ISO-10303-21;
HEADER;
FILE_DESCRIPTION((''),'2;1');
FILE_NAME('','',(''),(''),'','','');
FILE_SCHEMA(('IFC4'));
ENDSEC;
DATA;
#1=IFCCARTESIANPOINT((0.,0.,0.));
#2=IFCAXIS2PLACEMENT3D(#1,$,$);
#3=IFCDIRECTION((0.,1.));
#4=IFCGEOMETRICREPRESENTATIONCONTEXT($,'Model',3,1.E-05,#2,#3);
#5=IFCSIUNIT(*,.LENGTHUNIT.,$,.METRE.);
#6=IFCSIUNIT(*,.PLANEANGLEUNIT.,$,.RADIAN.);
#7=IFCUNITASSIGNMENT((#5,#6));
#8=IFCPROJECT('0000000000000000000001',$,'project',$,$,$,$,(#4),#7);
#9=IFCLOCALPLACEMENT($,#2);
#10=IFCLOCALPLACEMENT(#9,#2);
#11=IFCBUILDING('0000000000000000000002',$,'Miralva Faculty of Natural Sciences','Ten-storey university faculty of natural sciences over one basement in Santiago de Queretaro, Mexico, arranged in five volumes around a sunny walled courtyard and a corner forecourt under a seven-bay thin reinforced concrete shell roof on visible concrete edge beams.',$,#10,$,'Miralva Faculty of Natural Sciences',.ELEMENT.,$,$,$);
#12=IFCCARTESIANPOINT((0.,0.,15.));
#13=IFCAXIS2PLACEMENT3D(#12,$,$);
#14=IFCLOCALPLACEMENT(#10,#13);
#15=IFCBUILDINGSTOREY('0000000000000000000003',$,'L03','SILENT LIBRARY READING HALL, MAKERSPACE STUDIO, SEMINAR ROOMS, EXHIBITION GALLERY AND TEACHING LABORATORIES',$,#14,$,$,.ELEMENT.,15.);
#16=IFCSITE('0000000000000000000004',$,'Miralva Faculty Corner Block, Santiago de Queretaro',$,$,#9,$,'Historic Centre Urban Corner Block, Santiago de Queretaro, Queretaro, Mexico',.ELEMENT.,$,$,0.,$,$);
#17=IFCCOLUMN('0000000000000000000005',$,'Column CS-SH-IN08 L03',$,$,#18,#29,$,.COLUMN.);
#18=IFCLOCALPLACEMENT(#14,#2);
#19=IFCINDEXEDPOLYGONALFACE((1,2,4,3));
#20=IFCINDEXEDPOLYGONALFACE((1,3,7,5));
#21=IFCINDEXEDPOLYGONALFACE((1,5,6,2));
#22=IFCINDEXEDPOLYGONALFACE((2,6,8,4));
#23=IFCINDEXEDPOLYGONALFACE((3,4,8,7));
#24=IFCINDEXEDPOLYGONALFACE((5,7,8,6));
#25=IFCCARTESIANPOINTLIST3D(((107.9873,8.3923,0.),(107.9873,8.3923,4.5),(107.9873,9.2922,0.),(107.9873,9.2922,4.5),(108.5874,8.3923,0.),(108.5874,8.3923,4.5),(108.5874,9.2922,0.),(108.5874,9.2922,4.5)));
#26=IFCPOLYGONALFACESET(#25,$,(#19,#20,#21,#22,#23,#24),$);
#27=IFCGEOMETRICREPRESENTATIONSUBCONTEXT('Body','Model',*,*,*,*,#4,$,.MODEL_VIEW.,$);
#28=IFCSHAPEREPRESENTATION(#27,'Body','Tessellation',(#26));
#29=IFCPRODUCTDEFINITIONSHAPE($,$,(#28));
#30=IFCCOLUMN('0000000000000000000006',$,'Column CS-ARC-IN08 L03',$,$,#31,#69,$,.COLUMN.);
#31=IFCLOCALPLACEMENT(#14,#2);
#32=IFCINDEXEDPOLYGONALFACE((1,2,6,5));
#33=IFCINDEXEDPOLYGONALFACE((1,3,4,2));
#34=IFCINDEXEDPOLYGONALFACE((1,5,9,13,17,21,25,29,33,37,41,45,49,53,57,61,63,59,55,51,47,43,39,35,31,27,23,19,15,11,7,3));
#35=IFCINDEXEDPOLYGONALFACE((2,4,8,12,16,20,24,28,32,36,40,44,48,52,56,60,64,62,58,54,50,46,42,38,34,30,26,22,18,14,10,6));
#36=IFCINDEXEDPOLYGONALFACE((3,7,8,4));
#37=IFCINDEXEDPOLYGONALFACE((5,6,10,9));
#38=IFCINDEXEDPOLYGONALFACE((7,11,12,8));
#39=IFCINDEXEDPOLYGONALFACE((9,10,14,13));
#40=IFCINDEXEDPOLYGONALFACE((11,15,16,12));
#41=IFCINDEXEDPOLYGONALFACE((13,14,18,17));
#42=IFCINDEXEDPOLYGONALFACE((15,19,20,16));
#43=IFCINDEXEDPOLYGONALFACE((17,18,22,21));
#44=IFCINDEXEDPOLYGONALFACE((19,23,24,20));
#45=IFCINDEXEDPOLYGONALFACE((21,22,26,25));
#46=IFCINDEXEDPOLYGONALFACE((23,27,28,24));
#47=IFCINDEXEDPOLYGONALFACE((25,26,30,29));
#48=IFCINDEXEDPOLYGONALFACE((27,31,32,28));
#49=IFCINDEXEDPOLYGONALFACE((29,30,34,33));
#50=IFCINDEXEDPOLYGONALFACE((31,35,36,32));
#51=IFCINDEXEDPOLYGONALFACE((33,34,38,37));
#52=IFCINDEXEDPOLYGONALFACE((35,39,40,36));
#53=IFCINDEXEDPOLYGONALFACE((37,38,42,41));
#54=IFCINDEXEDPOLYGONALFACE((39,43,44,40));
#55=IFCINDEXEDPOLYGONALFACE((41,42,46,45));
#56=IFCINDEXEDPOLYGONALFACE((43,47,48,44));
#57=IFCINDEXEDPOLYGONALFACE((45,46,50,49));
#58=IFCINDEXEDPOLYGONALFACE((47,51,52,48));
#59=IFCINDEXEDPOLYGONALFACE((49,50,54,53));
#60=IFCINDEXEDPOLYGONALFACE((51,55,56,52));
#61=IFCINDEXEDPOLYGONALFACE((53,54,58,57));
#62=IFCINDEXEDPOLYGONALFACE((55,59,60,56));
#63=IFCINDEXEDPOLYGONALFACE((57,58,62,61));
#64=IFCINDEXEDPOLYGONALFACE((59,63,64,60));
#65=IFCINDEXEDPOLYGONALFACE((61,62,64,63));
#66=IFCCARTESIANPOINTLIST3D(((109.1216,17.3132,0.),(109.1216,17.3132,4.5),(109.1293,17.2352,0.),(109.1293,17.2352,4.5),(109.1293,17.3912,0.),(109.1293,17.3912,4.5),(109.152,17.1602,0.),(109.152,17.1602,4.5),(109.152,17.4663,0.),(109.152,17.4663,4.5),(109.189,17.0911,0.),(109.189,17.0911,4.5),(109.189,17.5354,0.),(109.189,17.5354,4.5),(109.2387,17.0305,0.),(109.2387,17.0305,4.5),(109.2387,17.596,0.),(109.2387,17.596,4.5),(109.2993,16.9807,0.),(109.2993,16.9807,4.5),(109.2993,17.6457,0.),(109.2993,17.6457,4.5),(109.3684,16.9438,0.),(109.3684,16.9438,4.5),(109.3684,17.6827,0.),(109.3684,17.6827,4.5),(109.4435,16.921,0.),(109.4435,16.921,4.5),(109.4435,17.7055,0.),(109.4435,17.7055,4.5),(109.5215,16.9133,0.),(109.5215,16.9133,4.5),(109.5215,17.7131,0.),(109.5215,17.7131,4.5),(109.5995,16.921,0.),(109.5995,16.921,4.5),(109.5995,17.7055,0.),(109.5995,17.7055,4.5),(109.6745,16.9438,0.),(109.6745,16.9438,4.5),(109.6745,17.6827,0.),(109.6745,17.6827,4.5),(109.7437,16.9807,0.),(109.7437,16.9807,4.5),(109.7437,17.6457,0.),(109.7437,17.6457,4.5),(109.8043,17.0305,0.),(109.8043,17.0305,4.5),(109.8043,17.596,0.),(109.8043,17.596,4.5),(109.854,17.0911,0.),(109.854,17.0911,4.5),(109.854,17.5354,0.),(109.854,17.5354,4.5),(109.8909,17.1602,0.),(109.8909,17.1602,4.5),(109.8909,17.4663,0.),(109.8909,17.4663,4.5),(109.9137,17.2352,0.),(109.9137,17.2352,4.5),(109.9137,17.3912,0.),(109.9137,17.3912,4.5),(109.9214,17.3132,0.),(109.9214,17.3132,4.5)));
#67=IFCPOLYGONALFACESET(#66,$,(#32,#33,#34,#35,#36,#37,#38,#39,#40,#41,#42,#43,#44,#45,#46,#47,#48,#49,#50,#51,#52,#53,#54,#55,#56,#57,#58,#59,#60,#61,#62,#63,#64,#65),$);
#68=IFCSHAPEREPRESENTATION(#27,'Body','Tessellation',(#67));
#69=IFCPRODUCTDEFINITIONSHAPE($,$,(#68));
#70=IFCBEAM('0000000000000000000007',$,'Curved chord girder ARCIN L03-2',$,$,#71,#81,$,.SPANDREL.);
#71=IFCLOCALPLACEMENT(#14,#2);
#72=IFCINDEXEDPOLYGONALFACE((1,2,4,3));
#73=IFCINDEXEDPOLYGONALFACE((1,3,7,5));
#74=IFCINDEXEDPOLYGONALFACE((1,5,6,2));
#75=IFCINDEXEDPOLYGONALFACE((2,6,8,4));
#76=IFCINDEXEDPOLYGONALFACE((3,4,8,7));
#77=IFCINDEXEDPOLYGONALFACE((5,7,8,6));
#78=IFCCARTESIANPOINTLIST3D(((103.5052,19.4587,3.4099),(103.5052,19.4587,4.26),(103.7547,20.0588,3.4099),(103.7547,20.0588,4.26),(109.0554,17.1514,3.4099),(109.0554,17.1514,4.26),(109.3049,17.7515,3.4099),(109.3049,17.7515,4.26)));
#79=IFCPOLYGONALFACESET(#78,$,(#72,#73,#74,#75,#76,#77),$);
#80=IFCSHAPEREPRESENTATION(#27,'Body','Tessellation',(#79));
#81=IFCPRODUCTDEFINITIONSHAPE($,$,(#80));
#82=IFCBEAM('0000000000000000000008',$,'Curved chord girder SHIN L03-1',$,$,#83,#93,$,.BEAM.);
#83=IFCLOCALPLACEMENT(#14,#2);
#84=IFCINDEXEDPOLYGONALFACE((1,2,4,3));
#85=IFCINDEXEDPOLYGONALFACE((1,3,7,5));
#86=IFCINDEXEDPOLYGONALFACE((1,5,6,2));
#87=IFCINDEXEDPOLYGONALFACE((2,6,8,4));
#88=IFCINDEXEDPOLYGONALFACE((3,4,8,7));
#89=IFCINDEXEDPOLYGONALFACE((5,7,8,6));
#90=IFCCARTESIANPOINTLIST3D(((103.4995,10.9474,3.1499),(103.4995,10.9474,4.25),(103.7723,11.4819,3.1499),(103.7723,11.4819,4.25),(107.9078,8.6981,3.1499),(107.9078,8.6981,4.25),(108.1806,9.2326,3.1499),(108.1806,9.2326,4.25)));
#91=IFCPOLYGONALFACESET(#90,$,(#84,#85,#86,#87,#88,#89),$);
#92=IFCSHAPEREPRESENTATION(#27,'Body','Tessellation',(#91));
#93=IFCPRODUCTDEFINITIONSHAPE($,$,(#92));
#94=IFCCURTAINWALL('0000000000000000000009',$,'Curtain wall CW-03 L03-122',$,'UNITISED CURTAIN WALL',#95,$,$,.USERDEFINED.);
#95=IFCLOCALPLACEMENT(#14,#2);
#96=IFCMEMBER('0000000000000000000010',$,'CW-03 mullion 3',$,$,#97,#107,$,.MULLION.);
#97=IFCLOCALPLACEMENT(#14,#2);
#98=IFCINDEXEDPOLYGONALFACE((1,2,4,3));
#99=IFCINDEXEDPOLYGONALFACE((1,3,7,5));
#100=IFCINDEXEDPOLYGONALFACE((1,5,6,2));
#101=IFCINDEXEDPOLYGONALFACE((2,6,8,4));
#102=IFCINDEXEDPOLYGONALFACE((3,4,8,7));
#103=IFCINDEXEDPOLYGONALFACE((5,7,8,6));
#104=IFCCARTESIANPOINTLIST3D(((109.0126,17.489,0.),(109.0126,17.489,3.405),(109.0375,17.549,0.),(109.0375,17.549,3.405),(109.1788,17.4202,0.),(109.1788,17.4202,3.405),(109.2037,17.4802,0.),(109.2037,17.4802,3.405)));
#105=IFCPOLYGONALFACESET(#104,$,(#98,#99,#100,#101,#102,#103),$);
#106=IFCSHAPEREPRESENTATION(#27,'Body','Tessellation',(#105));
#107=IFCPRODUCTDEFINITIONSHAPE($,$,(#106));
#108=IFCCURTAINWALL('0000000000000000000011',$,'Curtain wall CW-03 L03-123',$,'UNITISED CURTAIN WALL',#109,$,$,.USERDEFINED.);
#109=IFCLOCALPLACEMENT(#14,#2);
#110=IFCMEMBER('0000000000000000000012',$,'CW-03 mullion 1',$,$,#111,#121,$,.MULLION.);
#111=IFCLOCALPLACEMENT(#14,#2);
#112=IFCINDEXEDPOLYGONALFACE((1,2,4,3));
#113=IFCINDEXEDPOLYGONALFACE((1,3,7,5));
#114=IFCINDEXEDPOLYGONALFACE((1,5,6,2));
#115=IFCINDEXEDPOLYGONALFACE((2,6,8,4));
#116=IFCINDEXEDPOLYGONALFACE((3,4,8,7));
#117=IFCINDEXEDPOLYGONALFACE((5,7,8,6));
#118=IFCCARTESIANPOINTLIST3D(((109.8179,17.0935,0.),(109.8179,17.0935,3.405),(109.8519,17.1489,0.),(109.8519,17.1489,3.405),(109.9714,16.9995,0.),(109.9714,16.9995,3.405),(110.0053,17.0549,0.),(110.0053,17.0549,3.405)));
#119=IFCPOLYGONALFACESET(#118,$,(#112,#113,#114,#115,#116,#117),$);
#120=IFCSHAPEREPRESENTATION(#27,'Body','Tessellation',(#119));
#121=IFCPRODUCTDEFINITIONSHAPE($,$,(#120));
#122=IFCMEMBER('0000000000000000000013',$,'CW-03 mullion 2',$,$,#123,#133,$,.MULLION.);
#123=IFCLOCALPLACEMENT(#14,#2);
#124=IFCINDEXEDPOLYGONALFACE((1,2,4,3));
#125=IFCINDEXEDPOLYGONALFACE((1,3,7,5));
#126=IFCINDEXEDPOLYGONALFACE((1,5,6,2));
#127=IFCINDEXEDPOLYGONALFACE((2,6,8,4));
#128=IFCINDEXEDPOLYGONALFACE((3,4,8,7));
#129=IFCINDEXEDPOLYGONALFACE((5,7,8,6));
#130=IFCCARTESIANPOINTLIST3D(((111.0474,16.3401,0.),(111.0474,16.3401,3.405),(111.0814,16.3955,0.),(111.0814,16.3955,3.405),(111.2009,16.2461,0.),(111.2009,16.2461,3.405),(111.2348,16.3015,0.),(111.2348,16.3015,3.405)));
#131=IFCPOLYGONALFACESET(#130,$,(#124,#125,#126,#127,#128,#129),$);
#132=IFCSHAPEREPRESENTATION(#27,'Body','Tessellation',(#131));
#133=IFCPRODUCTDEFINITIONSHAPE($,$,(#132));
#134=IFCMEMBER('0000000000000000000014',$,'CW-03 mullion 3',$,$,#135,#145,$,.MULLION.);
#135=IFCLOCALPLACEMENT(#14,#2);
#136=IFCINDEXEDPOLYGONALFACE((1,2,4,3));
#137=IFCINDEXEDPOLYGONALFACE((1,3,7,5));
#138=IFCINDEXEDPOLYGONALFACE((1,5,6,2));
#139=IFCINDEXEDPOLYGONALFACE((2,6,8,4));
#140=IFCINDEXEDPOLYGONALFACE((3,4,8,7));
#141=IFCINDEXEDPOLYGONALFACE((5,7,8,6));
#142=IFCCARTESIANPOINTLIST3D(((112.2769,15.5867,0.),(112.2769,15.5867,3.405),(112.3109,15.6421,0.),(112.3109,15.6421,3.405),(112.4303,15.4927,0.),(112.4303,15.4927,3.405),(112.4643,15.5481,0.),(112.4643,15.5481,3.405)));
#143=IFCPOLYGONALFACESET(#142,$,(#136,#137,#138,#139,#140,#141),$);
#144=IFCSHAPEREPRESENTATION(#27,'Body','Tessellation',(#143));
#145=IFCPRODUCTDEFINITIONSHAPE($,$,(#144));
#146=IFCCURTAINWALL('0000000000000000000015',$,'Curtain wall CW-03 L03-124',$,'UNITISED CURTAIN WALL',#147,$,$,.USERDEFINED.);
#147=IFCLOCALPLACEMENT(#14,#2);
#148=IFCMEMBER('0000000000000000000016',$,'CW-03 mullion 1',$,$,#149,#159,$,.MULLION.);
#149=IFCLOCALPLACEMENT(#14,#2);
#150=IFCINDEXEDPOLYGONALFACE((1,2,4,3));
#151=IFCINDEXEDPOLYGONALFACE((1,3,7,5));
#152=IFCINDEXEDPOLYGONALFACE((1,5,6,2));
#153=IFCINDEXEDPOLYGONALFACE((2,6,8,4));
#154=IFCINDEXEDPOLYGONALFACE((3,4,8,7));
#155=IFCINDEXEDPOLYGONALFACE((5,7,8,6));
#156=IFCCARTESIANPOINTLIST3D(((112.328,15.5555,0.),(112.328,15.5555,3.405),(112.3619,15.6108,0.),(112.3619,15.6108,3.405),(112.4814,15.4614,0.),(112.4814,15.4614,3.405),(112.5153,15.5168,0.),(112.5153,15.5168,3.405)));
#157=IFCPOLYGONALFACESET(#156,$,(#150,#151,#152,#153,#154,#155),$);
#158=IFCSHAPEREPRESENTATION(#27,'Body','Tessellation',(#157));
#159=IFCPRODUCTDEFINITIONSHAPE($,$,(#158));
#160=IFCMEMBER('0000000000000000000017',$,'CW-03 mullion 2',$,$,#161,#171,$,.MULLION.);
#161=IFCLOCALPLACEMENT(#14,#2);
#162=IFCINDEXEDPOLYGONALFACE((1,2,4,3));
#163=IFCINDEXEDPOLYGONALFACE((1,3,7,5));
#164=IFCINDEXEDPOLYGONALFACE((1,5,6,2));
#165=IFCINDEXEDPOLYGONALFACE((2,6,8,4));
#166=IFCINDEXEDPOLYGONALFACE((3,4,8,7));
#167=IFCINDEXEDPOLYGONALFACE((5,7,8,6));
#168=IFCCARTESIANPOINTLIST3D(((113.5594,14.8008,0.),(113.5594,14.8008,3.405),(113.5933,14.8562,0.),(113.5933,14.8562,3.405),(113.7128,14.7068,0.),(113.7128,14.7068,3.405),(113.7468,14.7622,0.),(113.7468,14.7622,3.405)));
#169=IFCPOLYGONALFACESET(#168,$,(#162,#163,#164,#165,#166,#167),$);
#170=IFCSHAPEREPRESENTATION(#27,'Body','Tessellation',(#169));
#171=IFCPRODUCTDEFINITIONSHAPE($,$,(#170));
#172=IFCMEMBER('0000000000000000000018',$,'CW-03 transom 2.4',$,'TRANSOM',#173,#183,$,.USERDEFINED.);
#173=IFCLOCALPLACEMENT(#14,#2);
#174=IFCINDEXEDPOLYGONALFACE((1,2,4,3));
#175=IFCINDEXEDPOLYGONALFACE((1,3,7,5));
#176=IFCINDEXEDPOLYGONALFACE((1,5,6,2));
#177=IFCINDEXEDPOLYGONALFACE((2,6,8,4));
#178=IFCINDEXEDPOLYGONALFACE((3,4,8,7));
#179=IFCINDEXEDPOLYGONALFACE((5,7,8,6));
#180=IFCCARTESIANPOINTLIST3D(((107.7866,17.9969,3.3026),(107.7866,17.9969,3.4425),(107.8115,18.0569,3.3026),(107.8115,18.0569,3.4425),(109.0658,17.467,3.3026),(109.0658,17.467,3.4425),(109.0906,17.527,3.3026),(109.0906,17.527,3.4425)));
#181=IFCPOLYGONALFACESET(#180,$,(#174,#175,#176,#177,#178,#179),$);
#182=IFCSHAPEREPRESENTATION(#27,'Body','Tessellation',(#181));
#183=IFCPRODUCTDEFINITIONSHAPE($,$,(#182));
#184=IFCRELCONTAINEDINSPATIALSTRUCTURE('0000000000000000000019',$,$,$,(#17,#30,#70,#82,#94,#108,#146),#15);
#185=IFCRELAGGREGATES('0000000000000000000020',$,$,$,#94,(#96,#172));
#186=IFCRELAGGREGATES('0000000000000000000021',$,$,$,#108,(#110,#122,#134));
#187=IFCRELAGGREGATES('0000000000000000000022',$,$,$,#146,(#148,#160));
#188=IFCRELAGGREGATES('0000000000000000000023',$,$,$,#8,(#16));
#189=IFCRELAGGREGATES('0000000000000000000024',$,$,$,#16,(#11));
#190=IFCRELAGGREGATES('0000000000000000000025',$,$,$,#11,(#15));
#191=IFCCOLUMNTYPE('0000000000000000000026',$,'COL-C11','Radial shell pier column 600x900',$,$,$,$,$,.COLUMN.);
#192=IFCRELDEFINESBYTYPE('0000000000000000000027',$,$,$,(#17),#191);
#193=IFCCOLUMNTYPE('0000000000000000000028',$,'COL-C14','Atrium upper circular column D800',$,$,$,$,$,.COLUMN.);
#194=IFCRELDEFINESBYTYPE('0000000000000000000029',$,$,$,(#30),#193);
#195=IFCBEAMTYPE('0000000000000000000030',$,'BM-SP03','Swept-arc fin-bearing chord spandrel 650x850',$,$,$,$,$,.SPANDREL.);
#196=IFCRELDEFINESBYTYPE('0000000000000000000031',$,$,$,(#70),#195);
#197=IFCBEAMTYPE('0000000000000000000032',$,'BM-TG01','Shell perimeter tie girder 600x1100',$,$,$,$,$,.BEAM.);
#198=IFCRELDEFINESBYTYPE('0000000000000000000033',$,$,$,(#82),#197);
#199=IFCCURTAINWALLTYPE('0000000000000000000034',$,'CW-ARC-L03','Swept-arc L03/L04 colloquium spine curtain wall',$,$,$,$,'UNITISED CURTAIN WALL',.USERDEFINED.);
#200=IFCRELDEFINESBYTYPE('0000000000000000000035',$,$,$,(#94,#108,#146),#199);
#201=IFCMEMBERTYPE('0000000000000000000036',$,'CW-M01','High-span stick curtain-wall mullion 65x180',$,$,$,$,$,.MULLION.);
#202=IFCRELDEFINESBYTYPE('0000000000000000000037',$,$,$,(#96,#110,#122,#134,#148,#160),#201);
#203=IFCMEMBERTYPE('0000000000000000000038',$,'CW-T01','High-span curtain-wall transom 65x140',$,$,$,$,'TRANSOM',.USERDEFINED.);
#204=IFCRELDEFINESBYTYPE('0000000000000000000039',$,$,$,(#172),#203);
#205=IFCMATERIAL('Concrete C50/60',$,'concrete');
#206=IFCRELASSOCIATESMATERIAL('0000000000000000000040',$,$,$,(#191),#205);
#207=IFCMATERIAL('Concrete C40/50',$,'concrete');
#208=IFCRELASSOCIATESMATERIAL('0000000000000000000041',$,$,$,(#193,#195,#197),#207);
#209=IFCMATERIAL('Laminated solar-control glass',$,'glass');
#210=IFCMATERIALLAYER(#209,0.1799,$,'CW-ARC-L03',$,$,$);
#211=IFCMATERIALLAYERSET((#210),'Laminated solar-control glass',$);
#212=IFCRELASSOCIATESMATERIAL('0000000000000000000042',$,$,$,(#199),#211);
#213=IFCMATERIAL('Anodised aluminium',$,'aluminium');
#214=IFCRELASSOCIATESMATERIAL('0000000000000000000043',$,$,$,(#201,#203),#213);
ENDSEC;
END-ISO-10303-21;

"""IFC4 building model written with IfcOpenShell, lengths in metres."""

from ifc_helpers import new_model, si_unit, direction, frame, origin, origin_2d, place, context, subcontext, project, spatial, rectangle, circle, extrude, material, layer, layer_set, material_profile, profile_set, type_object, element, aggregate, save


model = new_model("IFC4")

# Units and contexts
model_context = context("Model", 3, precision=1e-05, world=origin(), true_north=direction((0.0, 1.0)))
body_context = subcontext(model_context, "Body", "Model", "MODEL_VIEW")
ifc_project = project(units=[si_unit("LENGTHUNIT", "METRE"), si_unit("PLANEANGLEUNIT", "RADIAN")], contexts=[model_context])

# Site, building, storey
site_placement = place(None, origin())
site = spatial("IfcSite", under=ifc_project, at=site_placement, Name="Miralva Faculty Corner Block, Santiago de Queretaro", LongName="Historic Centre Urban Corner Block, Santiago de Queretaro, Queretaro, Mexico", CompositionType="ELEMENT", RefElevation=0.0)
building_placement = place(site_placement, origin())
building = spatial("IfcBuilding", under=site, at=building_placement, Name="Miralva Faculty of Natural Sciences", Description="Ten-storey university faculty of natural sciences over one basement in Santiago de Queretaro, Mexico, arranged in five volumes around a sunny walled courtyard and a corner forecourt under a seven-bay thin reinforced concrete shell roof on visible concrete edge beams.", LongName="Miralva Faculty of Natural Sciences", CompositionType="ELEMENT")
storey_placement = place(building_placement, frame((0.0, 0.0, 15.0)))
storey = spatial("IfcBuildingStorey", under=building, at=storey_placement, Name="L03", Description="SILENT LIBRARY READING HALL, MAKERSPACE STUDIO, SEMINAR ROOMS, EXHIBITION GALLERY AND TEACHING LABORATORIES", CompositionType="ELEMENT", Elevation=15.0)

# Columns
ifc_material_1 = material(Name="Concrete C50/60", Category="concrete")
ifc_material_profile_1 = material_profile(ifc_material_1, rectangle(XDim=0.6001, YDim=0.8999, at=origin_2d()), Name="RC 600x900")
ifc_profile_set_1 = profile_set([ifc_material_profile_1], Name="Concrete C50/60")
column_type_1 = type_object("IfcColumnType", Name="COL-C11", Description="Radial shell pier column 600x900", PredefinedType="COLUMN", material=ifc_profile_set_1)
column_1_placement = place(storey_placement, frame((108.2874, 8.8423, 0.0), z_axis=(0.0, 0.0, 1.0), x_axis=(1.0, 0.0, 0.0)))
element("IfcColumn", 1, at=column_1_placement, inside=storey, type_object=column_type_1, Name="Column CS-SH-IN08 L03", PredefinedType="COLUMN", context=body_context, shape_type="SweptSolid", body=[
    extrude(rectangle(XDim=0.6001, YDim=0.8999, at=origin_2d()), origin(), (0.0, 0.0, 1.0), 4.5),
])
ifc_material_2 = material(Name="Concrete C40/50", Category="concrete")
ifc_material_profile_2 = material_profile(ifc_material_2, circle(Radius=0.3999, at=origin_2d()), Name="RC DIA 800")
ifc_profile_set_2 = profile_set([ifc_material_profile_2], Name="Concrete C40/50")
column_type_2 = type_object("IfcColumnType", Name="COL-C14", Description="Atrium upper circular column D800", PredefinedType="COLUMN", material=ifc_profile_set_2)
column_2_placement = place(storey_placement, frame((109.5215, 17.3132, 0.0), z_axis=(0.0, 0.0, 1.0), x_axis=(1.0, 0.0, 0.0)))
element("IfcColumn", 2, at=column_2_placement, inside=storey, type_object=column_type_2, Name="Column CS-ARC-IN08 L03", PredefinedType="COLUMN", context=body_context, shape_type="SweptSolid", body=[
    extrude(circle(Radius=0.3999, at=origin_2d()), origin(), (0.0, 0.0, 1.0), 4.5),
])

# Beams
ifc_material_profile_3 = material_profile(ifc_material_2, rectangle(XDim=0.6499, YDim=0.8501, at=origin_2d()), Name="RC 650x850")
ifc_profile_set_3 = profile_set([ifc_material_profile_3], Name="Concrete C40/50")
beam_type_1 = type_object("IfcBeamType", Name="BM-SP03", Description="Swept-arc fin-bearing chord spandrel 650x850", PredefinedType="SPANDREL", material=ifc_profile_set_3)
beam_1_placement = place(storey_placement, frame((109.1802, 17.4514, 3.835), z_axis=(-0.923387, 0.383871, 0.0), x_axis=(-0.383871, -0.923387, 0.0)))
element("IfcBeam", 3, at=beam_1_placement, inside=storey, type_object=beam_type_1, Name="Curved chord girder ARCIN L03-2", PredefinedType="SPANDREL", context=body_context, shape_type="SweptSolid", body=[
    extrude(rectangle(XDim=0.6499, YDim=0.8501, at=origin_2d()), origin(), (0.0, 0.0, 1.0), 6.0107),
])
ifc_material_profile_4 = material_profile(ifc_material_2, rectangle(XDim=0.6001, YDim=1.1001, at=origin_2d()), Name="RC 600x1100")
ifc_profile_set_4 = profile_set([ifc_material_profile_4], Name="Concrete C40/50")
beam_type_2 = type_object("IfcBeamType", Name="BM-TG01", Description="Shell perimeter tie girder 600x1100", PredefinedType="BEAM", material=ifc_profile_set_4)
beam_2_placement = place(storey_placement, frame((108.0442, 8.9653, 3.7), z_axis=(-0.890747, 0.4545, 0.0), x_axis=(-0.4545, -0.890747, 0.0)))
element("IfcBeam", 4, at=beam_2_placement, inside=storey, type_object=beam_type_2, Name="Curved chord girder SHIN L03-1", PredefinedType="BEAM", context=body_context, shape_type="SweptSolid", body=[
    extrude(rectangle(XDim=0.6001, YDim=1.1001, at=origin_2d()), origin(), (0.0, 0.0, 1.0), 4.949),
])

# Curtain wall, member
ifc_material_3 = material(Name="Laminated solar-control glass", Category="glass")
ifc_layer_1 = layer(ifc_material_3, 0.1799, Name="CW-ARC-L03")
ifc_layer_set_1 = layer_set([ifc_layer_1], Name="Laminated solar-control glass")
curtain_wall_type = type_object("IfcCurtainWallType", Name="CW-ARC-L03", Description="Swept-arc L03/L04 colloquium spine curtain wall", ElementType="UNITISED CURTAIN WALL", PredefinedType="USERDEFINED", material=ifc_layer_set_1)
curtain_wall_1_placement = place(storey_placement, origin())
curtain_wall_1 = element("IfcCurtainWall", 5, at=curtain_wall_1_placement, inside=storey, type_object=curtain_wall_type, Name="Curtain wall CW-03 L03-122", ObjectType="UNITISED CURTAIN WALL", PredefinedType="USERDEFINED")
ifc_material_4 = material(Name="Anodised aluminium", Category="aluminium")
ifc_material_profile_5 = material_profile(ifc_material_4, rectangle(XDim=0.0649, YDim=0.1799, at=origin_2d()), Name="MULLION 65x180")
ifc_profile_set_5 = profile_set([ifc_material_profile_5], Name="Anodised aluminium")
member_type_1 = type_object("IfcMemberType", Name="CW-M01", Description="High-span stick curtain-wall mullion 65x180", PredefinedType="MULLION", material=ifc_profile_set_5)
member_1_placement = place(storey_placement, frame((109.1082, 17.4846, 0.0), z_axis=(0.0, 0.0, 1.0), x_axis=(0.382695, 0.923875, 0.0)))
member_1 = element("IfcMember", 6, at=member_1_placement, type_object=member_type_1, Name="CW-03 mullion 3", PredefinedType="MULLION", context=body_context, shape_type="SweptSolid", body=[
    extrude(rectangle(XDim=0.0649, YDim=0.1799, at=origin_2d()), origin(), (0.0, 0.0, 1.0), 3.405),
])

# Curtain walls, members
curtain_wall_2_placement = place(storey_placement, origin())
curtain_wall_2 = element("IfcCurtainWall", 7, at=curtain_wall_2_placement, inside=storey, type_object=curtain_wall_type, Name="Curtain wall CW-03 L03-123", ObjectType="UNITISED CURTAIN WALL", PredefinedType="USERDEFINED")
member_2_placement = place(storey_placement, frame((109.9116, 17.0742, 0.0), z_axis=(0.0, 0.0, 1.0), x_axis=(0.522483, 0.85265, 0.0)))
member_2 = element("IfcMember", 8, at=member_2_placement, type_object=member_type_1, Name="CW-03 mullion 1", PredefinedType="MULLION", context=body_context, shape_type="SweptSolid", body=[
    extrude(rectangle(XDim=0.0649, YDim=0.1799, at=origin_2d()), origin(), (0.0, 0.0, 1.0), 3.405),
])
member_3_placement = place(storey_placement, frame((111.1411, 16.3208, 0.0), z_axis=(0.0, 0.0, 1.0), x_axis=(0.522483, 0.85265, 0.0)))
member_3 = element("IfcMember", 9, at=member_3_placement, type_object=member_type_1, Name="CW-03 mullion 2", PredefinedType="MULLION", context=body_context, shape_type="SweptSolid", body=[
    extrude(rectangle(XDim=0.0649, YDim=0.1799, at=origin_2d()), origin(), (0.0, 0.0, 1.0), 3.405),
])
member_4_placement = place(storey_placement, frame((112.3706, 15.5674, 0.0), z_axis=(0.0, 0.0, 1.0), x_axis=(0.522483, 0.85265, 0.0)))
member_4 = element("IfcMember", 10, at=member_4_placement, type_object=member_type_1, Name="CW-03 mullion 3", PredefinedType="MULLION", context=body_context, shape_type="SweptSolid", body=[
    extrude(rectangle(XDim=0.0649, YDim=0.1799, at=origin_2d()), origin(), (0.0, 0.0, 1.0), 3.405),
])
curtain_wall_3_placement = place(storey_placement, origin())
curtain_wall_3 = element("IfcCurtainWall", 11, at=curtain_wall_3_placement, inside=storey, type_object=curtain_wall_type, Name="Curtain wall CW-03 L03-124", ObjectType="UNITISED CURTAIN WALL", PredefinedType="USERDEFINED")
member_5_placement = place(storey_placement, frame((112.4216, 15.5361, 0.0), z_axis=(0.0, 0.0, 1.0), x_axis=(0.522489, 0.852646, 0.0)))
member_5 = element("IfcMember", 12, at=member_5_placement, type_object=member_type_1, Name="CW-03 mullion 1", PredefinedType="MULLION", context=body_context, shape_type="SweptSolid", body=[
    extrude(rectangle(XDim=0.0649, YDim=0.1799, at=origin_2d()), origin(), (0.0, 0.0, 1.0), 3.405),
])
member_6_placement = place(storey_placement, frame((113.6531, 14.7815, 0.0), z_axis=(0.0, 0.0, 1.0), x_axis=(0.522489, 0.852646, 0.0)))
member_6 = element("IfcMember", 13, at=member_6_placement, type_object=member_type_1, Name="CW-03 mullion 2", PredefinedType="MULLION", context=body_context, shape_type="SweptSolid", body=[
    extrude(rectangle(XDim=0.0649, YDim=0.1799, at=origin_2d()), origin(), (0.0, 0.0, 1.0), 3.405),
])

# Member
ifc_material_profile_6 = material_profile(ifc_material_4, rectangle(XDim=0.0649, YDim=0.1399, at=origin_2d()), Name="TRANSOM 65x140")
ifc_profile_set_6 = profile_set([ifc_material_profile_6], Name="Anodised aluminium")
member_type_2 = type_object("IfcMemberType", Name="CW-T01", Description="High-span curtain-wall transom 65x140", ElementType="TRANSOM", PredefinedType="USERDEFINED", material=ifc_profile_set_6)
member_7_placement = place(storey_placement, frame((107.7991, 18.0269, 3.3726), z_axis=(0.923884, -0.382674, 0.0), x_axis=(0.382674, 0.923884, 0.0)))
member_7 = element("IfcMember", 14, at=member_7_placement, type_object=member_type_2, Name="CW-03 transom 2.4", ObjectType="TRANSOM", PredefinedType="USERDEFINED", context=body_context, shape_type="SweptSolid", body=[
    extrude(rectangle(XDim=0.0649, YDim=0.1399, at=origin_2d()), origin(), (0.0, 0.0, 1.0), 1.3845),
])

aggregate(curtain_wall_1, [member_1, member_7])
aggregate(curtain_wall_2, [member_2, member_3, member_4])
aggregate(curtain_wall_3, [member_5, member_6])

save(model, "model.ifc")
